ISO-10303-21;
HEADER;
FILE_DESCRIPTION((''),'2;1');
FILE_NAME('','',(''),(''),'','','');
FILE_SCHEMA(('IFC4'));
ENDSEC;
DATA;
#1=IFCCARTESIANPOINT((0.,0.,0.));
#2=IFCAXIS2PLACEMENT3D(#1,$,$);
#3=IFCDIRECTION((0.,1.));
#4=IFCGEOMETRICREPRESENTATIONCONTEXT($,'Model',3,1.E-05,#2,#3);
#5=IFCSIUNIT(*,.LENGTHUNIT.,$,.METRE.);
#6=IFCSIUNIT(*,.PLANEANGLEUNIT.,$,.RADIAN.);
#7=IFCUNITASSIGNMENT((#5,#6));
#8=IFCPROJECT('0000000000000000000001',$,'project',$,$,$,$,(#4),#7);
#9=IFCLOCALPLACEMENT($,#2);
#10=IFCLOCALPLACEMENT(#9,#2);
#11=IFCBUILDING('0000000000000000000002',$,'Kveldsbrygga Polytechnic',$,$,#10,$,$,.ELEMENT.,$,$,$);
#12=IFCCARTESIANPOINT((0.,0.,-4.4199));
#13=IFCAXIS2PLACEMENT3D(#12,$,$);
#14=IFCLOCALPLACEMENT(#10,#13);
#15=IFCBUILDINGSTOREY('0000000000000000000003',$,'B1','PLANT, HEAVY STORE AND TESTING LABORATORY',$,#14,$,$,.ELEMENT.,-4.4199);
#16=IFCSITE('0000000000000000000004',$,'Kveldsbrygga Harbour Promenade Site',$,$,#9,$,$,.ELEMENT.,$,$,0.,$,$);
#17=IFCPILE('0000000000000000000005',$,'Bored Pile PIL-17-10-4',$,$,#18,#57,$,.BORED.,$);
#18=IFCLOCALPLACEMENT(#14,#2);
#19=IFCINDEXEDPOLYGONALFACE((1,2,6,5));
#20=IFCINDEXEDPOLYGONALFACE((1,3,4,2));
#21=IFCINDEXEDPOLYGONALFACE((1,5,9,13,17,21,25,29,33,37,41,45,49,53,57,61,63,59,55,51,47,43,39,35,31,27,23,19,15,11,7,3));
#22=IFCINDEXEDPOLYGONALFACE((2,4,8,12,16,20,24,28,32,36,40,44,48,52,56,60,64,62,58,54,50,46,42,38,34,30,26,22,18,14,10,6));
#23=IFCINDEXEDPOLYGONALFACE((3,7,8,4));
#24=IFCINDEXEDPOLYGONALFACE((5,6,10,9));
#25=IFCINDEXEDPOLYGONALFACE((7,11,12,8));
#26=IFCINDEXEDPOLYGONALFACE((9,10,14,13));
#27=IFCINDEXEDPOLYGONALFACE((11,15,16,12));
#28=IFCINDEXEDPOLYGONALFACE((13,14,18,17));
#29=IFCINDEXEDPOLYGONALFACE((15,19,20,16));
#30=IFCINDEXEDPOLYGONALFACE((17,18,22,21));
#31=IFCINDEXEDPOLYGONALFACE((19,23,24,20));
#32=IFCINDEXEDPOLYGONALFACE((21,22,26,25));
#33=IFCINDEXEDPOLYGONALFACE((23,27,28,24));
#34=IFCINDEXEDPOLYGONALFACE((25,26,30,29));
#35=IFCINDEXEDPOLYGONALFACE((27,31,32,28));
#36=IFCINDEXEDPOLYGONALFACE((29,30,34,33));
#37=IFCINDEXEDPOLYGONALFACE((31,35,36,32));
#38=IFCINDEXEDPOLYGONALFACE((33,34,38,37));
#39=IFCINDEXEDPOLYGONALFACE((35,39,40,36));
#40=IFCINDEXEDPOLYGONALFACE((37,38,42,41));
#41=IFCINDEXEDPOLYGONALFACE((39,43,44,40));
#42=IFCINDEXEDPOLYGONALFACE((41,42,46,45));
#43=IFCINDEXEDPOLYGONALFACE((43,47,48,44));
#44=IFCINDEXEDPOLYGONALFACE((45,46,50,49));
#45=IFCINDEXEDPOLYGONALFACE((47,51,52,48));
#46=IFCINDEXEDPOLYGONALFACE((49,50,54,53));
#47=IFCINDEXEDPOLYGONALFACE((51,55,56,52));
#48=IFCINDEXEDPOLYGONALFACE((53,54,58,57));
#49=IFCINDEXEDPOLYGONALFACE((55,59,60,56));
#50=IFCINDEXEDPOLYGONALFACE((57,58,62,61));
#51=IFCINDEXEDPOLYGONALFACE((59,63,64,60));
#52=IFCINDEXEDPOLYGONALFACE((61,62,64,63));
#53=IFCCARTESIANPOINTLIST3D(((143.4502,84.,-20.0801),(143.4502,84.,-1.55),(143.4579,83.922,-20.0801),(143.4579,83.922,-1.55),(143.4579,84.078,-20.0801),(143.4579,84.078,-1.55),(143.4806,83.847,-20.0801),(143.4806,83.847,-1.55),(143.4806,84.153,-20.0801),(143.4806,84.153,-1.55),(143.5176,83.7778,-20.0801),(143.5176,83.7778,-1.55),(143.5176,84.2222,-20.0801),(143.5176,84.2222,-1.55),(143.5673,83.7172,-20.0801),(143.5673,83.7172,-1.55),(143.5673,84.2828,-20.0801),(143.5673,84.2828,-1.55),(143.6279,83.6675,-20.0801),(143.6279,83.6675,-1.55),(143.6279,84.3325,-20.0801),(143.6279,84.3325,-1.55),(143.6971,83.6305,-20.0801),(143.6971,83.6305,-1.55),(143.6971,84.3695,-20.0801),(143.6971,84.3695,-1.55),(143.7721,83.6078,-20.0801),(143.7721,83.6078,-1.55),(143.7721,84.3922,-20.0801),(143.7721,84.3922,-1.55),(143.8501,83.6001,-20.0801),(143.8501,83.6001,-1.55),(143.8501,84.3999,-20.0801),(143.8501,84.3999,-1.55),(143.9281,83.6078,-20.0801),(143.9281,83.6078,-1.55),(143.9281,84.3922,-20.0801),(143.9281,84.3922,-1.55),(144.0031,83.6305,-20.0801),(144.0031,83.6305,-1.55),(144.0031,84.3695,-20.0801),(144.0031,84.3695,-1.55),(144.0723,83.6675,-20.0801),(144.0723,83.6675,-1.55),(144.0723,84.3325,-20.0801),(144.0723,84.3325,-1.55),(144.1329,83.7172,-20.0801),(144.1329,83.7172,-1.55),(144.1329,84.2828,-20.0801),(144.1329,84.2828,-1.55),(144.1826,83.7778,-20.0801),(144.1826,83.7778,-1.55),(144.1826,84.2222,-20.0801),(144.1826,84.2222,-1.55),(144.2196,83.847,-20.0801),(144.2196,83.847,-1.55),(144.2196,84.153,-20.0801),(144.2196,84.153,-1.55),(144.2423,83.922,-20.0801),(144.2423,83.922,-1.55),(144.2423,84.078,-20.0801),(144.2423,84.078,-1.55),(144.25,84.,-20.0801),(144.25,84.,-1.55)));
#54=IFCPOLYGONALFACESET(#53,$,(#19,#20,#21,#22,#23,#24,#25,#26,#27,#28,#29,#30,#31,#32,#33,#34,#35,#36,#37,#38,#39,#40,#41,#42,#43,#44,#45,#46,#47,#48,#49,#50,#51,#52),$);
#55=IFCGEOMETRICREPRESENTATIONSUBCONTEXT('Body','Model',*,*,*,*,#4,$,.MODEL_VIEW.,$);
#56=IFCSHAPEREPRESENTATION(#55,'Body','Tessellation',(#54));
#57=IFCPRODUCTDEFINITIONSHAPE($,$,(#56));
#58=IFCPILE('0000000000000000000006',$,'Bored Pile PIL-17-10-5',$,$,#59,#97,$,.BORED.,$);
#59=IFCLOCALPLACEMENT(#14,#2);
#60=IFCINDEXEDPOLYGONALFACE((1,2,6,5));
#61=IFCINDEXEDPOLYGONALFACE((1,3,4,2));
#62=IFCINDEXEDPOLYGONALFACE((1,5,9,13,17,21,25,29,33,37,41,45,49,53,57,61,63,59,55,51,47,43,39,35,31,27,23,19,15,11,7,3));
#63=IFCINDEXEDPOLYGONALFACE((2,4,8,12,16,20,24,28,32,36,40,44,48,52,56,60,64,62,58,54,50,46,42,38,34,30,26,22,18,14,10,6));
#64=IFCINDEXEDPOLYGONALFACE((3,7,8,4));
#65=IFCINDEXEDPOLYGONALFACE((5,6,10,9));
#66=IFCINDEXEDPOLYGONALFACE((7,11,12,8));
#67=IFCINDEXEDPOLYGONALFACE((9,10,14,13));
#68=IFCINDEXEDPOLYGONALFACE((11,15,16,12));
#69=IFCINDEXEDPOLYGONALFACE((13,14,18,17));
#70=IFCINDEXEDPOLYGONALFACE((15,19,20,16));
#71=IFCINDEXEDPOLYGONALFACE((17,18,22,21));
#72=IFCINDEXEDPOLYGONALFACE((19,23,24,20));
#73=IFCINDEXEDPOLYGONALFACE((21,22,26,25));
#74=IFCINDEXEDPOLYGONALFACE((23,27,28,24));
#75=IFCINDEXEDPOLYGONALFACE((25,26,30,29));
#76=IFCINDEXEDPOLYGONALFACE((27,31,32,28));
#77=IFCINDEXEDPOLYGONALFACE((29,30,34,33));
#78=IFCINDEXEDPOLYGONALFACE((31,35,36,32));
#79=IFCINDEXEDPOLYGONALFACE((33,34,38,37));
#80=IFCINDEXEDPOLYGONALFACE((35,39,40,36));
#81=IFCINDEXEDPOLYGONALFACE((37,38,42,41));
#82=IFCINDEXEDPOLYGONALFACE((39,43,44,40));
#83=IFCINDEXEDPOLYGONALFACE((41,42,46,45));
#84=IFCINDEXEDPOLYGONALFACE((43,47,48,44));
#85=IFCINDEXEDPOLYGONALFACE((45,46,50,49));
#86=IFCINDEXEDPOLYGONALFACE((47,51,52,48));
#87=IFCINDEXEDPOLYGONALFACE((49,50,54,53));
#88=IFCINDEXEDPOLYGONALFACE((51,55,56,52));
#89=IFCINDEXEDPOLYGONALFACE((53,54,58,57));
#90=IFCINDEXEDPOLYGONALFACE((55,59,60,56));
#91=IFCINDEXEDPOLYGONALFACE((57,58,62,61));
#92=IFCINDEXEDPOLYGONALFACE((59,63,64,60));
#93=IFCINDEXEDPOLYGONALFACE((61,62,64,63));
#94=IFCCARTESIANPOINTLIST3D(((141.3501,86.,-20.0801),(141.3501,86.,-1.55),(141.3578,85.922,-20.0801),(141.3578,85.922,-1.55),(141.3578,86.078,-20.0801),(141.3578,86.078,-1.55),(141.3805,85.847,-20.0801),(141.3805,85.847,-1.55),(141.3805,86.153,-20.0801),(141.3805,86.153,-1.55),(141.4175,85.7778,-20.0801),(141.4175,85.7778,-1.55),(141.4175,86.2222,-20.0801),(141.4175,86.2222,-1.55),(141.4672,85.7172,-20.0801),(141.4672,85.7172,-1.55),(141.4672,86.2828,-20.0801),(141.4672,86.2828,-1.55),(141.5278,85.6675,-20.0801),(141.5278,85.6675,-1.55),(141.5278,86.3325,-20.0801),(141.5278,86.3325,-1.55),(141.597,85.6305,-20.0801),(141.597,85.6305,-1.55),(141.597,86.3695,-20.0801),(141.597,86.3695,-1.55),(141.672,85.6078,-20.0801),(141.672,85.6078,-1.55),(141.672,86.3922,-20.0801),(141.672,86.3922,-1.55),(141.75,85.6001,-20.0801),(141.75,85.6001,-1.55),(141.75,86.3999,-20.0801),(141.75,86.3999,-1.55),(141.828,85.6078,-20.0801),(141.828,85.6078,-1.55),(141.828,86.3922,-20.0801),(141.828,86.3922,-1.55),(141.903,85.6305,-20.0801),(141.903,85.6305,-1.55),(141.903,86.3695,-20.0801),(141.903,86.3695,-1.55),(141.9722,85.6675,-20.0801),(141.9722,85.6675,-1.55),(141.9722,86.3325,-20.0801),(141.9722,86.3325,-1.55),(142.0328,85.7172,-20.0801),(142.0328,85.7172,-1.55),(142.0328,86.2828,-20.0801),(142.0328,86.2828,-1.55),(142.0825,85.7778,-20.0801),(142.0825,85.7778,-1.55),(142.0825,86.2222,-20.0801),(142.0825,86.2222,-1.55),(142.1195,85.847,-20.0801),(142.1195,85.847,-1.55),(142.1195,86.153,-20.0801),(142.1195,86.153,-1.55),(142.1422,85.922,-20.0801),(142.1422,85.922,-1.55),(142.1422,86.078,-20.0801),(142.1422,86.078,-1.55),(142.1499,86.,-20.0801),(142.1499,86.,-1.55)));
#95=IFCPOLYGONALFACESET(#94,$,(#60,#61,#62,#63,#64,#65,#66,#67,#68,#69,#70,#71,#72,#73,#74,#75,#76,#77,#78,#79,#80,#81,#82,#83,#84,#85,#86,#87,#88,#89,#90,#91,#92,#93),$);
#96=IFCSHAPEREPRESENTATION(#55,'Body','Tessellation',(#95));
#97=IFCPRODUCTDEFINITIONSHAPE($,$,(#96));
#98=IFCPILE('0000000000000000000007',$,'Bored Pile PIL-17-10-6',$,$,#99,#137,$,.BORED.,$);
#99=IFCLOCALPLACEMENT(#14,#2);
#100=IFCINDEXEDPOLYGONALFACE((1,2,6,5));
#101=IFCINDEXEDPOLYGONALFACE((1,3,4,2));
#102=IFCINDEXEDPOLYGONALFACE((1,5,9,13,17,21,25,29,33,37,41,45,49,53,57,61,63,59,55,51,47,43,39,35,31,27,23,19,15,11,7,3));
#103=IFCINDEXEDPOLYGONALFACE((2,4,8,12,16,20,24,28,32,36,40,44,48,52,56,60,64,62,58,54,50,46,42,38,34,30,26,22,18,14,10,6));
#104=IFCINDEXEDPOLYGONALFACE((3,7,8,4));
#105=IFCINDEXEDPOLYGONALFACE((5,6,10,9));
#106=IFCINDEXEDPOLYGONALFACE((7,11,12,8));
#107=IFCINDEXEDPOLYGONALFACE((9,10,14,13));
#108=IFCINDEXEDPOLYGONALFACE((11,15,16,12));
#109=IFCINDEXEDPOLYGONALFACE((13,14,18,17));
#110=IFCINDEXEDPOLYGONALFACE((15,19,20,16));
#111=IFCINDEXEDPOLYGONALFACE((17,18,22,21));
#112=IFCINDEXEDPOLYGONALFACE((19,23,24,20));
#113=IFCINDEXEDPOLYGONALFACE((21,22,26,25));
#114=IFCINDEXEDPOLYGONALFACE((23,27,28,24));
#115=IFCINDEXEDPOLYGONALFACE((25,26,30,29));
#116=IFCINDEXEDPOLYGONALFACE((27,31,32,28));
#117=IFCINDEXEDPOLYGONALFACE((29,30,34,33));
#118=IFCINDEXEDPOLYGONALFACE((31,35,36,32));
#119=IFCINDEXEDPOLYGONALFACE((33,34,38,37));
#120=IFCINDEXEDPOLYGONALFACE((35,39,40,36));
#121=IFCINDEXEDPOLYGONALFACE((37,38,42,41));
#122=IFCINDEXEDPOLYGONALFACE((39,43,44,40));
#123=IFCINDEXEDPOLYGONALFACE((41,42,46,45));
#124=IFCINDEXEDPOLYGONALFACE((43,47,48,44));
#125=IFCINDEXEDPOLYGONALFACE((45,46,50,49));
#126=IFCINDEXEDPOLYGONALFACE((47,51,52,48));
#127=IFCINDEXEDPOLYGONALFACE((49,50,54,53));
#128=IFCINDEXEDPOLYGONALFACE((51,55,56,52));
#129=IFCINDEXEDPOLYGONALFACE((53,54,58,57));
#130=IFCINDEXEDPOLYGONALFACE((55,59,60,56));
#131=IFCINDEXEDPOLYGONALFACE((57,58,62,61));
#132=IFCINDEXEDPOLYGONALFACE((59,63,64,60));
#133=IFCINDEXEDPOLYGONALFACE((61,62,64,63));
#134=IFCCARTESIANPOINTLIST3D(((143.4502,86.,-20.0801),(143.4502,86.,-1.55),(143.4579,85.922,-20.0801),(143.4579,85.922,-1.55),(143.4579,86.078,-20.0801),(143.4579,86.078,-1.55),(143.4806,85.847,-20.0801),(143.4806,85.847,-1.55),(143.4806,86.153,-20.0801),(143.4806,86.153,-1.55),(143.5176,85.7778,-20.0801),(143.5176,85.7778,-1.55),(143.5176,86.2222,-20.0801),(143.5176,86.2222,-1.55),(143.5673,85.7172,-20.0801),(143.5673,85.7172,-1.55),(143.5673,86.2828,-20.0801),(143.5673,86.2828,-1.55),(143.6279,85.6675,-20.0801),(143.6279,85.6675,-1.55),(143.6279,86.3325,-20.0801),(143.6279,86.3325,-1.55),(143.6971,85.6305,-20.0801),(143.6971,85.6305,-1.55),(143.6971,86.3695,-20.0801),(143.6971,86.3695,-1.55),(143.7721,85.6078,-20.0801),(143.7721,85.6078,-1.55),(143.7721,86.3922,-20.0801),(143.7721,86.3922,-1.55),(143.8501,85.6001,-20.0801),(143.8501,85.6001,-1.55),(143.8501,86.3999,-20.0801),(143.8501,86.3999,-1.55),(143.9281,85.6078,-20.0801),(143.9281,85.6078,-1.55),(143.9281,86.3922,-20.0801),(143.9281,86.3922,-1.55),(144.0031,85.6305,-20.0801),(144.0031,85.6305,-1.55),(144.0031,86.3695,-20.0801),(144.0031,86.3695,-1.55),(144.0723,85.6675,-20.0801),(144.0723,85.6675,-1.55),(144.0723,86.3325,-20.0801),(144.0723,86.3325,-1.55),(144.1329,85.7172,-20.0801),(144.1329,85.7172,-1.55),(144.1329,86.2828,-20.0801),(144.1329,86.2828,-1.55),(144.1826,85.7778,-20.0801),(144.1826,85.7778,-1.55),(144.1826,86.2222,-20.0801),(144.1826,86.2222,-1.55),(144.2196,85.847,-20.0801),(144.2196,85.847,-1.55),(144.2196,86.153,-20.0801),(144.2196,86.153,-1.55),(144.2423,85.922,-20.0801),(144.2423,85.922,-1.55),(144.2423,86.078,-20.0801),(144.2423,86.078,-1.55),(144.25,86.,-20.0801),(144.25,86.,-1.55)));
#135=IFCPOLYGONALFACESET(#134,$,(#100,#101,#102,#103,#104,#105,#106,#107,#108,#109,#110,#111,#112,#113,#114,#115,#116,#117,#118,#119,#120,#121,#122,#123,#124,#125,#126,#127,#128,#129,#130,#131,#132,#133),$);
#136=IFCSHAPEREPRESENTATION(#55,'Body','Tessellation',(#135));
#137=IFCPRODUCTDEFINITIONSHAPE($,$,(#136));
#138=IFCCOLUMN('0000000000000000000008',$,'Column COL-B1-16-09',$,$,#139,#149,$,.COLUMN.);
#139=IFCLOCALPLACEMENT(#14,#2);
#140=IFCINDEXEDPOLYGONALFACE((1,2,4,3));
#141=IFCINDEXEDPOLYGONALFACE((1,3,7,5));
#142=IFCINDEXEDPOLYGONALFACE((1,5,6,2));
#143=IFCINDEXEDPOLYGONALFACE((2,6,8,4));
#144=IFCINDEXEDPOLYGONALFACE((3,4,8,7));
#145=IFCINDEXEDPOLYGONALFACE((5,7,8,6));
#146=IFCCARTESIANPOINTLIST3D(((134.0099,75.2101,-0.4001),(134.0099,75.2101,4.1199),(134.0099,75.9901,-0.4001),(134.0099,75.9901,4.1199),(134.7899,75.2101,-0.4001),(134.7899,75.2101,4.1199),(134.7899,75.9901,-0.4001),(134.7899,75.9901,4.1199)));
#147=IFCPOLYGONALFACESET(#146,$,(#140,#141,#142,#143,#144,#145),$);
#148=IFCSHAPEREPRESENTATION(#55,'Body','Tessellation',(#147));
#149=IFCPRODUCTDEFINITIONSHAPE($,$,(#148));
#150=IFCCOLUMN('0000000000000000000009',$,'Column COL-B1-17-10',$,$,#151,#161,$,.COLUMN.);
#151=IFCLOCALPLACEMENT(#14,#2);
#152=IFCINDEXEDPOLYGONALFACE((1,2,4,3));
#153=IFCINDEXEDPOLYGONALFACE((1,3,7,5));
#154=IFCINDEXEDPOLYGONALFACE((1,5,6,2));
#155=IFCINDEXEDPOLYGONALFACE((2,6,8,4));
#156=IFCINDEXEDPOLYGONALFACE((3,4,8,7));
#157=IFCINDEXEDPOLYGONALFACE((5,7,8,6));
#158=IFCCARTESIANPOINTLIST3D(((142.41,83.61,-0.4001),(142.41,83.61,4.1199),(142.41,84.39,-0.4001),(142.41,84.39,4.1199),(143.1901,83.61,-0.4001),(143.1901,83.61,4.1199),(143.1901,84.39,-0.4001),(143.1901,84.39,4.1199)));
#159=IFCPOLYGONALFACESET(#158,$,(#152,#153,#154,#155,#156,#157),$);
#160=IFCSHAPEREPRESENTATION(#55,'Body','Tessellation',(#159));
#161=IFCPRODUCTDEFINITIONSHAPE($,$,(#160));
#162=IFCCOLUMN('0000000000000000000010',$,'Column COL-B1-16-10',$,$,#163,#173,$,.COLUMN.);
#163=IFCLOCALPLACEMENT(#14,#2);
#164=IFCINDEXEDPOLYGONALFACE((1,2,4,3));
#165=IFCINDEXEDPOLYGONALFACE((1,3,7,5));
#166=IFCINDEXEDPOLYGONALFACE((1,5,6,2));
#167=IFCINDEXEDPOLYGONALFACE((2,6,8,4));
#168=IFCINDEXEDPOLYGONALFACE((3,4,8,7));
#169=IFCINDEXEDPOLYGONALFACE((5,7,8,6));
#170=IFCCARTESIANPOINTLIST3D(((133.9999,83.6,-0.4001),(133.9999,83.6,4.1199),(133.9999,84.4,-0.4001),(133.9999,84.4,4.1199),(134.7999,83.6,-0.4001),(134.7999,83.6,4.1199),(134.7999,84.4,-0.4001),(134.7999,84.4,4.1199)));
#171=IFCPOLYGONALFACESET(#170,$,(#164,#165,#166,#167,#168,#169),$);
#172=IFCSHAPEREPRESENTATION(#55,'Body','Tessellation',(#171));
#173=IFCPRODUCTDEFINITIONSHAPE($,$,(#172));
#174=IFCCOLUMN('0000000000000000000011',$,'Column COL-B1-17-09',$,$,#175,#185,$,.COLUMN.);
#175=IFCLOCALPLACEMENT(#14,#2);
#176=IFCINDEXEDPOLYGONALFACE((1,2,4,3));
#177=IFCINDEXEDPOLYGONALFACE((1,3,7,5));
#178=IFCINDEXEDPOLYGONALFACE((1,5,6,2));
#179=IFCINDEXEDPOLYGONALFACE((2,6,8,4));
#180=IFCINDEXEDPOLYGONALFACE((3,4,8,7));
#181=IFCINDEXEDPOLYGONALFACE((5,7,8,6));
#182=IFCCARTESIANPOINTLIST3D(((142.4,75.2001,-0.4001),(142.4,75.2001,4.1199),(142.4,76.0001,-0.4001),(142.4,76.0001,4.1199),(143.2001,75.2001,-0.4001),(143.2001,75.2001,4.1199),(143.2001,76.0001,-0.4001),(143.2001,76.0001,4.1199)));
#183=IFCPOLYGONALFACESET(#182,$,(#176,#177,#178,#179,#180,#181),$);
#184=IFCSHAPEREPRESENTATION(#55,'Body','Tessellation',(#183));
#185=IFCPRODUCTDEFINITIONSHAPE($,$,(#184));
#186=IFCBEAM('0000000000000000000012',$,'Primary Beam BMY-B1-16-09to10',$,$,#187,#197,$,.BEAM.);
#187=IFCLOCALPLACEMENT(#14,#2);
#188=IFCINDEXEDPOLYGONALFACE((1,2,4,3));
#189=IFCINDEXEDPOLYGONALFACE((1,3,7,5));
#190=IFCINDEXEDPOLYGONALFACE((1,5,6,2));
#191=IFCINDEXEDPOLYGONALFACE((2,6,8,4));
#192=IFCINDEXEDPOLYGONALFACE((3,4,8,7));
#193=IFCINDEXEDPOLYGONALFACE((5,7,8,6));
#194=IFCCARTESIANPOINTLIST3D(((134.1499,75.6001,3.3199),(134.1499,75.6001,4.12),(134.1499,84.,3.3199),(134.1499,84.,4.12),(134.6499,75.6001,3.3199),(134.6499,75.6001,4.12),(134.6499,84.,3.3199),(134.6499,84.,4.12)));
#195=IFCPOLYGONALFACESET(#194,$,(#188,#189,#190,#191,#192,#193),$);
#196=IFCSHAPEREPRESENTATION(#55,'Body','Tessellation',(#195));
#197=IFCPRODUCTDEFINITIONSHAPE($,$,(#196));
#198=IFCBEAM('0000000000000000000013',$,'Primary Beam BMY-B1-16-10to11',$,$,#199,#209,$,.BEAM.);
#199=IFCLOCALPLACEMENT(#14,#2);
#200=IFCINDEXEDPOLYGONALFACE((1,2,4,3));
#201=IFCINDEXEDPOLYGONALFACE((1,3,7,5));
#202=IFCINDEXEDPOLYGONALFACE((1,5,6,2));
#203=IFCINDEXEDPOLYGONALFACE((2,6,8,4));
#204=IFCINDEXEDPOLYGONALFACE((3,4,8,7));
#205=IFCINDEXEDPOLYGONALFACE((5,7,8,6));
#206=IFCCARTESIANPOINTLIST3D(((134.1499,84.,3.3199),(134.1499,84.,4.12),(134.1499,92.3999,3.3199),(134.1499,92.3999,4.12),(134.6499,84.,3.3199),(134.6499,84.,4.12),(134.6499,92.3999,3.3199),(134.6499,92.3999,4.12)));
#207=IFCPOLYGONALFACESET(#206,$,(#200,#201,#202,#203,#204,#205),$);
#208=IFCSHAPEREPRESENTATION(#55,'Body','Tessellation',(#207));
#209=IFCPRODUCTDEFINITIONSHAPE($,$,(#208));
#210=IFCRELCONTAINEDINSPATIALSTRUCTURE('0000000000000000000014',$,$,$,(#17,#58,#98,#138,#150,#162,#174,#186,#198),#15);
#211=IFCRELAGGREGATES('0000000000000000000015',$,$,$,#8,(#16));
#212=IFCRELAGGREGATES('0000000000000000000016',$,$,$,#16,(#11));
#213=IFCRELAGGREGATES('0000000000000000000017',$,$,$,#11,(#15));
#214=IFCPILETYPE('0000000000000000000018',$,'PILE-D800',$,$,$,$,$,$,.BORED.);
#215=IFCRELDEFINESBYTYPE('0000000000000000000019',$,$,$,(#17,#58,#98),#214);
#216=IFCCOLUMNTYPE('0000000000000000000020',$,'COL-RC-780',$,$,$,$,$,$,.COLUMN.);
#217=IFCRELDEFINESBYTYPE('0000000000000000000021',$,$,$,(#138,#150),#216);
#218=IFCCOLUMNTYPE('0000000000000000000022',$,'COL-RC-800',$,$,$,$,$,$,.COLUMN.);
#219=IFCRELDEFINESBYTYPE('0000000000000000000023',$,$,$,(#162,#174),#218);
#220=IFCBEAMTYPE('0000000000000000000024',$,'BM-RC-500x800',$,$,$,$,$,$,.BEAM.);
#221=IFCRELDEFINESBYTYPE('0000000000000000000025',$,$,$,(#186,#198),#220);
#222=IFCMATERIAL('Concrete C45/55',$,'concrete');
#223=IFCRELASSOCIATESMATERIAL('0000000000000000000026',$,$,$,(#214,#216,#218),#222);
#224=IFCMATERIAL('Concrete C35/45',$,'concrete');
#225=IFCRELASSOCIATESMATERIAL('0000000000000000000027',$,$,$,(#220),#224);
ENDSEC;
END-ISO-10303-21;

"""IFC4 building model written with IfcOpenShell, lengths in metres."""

from ifc_helpers import new_model, si_unit, direction, frame, origin, origin_2d, place, context, subcontext, project, spatial, rectangle, circle, extrude, material, material_profile, profile_set, type_object, element, save


model = new_model("IFC4")

# Units and contexts
model_context = context("Model", 3, precision=1e-05, world=origin(), true_north=direction((0.0, 1.0)))
body_context = subcontext(model_context, "Body", "Model", "MODEL_VIEW")
ifc_project = project(units=[si_unit("LENGTHUNIT", "METRE"), si_unit("PLANEANGLEUNIT", "RADIAN")], contexts=[model_context])

# Site, building, storey
site_placement = place(None, origin())
site = spatial("IfcSite", under=ifc_project, at=site_placement, Name="Kveldsbrygga Harbour Promenade Site", CompositionType="ELEMENT", RefElevation=0.0)
building_placement = place(site_placement, origin())
building = spatial("IfcBuilding", under=site, at=building_placement, Name="Kveldsbrygga Polytechnic", CompositionType="ELEMENT")
storey_placement = place(building_placement, frame((0.0, 0.0, -4.4199)))
storey = spatial("IfcBuildingStorey", under=building, at=storey_placement, Name="B1", Description="PLANT, HEAVY STORE AND TESTING LABORATORY", CompositionType="ELEMENT", Elevation=-4.4199)

# Shared definitions
ifc_material_1 = material(Name="Concrete C45/55", Category="concrete")

# Piles
ifc_material_profile_1 = material_profile(ifc_material_1, circle(Radius=0.3999, at=origin_2d()), Name="PILE D800")
ifc_profile_set_1 = profile_set([ifc_material_profile_1], Name="Concrete C45/55")
pile_type = type_object("IfcPileType", Name="PILE-D800", PredefinedType="BORED", material=ifc_profile_set_1)
for number, where, z_axis, x_axis, name in (
    (1, (143.8501, 84.0, -1.55), (0.0, 0.0, -1.0), (1.0, 0.0, 0.0), "Bored Pile PIL-17-10-4"),
    (2, (141.75, 86.0, -1.55), (0.0, 0.0, -1.0), (1.0, 0.0, 0.0), "Bored Pile PIL-17-10-5"),
    (3, (143.8501, 86.0, -1.55), (0.0, 0.0, -1.0), (1.0, 0.0, 0.0), "Bored Pile PIL-17-10-6"),
):
    element("IfcPile", number, at=place(storey_placement, frame(where, z_axis=z_axis, x_axis=x_axis)), inside=storey, type_object=pile_type, Name=name, PredefinedType="BORED", context=body_context, shape_type="SweptSolid", body=[
        extrude(circle(Radius=0.3999, at=origin_2d()), origin(), (0.0, 0.0, 1.0), 18.53),
    ])

# Columns
ifc_material_profile_2 = material_profile(ifc_material_1, rectangle(XDim=0.78, YDim=0.78, at=origin_2d()), Name="RC 780x780")
ifc_profile_set_2 = profile_set([ifc_material_profile_2], Name="Concrete C45/55")
column_type_1 = type_object("IfcColumnType", Name="COL-RC-780", PredefinedType="COLUMN", material=ifc_profile_set_2)
for number, where, z_axis, x_axis, name in (
    (4, (134.3999, 75.6001, -0.4001), (0.0, 0.0, 1.0), (1.0, 0.0, 0.0), "Column COL-B1-16-09"),
    (5, (142.8, 84.0, -0.4001), (0.0, 0.0, 1.0), (1.0, 0.0, 0.0), "Column COL-B1-17-10"),
):
    element("IfcColumn", number, at=place(storey_placement, frame(where, z_axis=z_axis, x_axis=x_axis)), inside=storey, type_object=column_type_1, Name=name, PredefinedType="COLUMN", context=body_context, shape_type="SweptSolid", body=[
        extrude(rectangle(XDim=0.78, YDim=0.78, at=origin_2d()), origin(), (0.0, 0.0, 1.0), 4.52),
    ])
ifc_material_profile_3 = material_profile(ifc_material_1, rectangle(XDim=0.8, YDim=0.8, at=origin_2d()), Name="RC 800x800")
ifc_profile_set_3 = profile_set([ifc_material_profile_3], Name="Concrete C45/55")
column_type_2 = type_object("IfcColumnType", Name="COL-RC-800", PredefinedType="COLUMN", material=ifc_profile_set_3)
for number, where, z_axis, x_axis, name in (
    (6, (134.3999, 84.0, -0.4001), (0.0, 0.0, 1.0), (1.0, 0.0, 0.0), "Column COL-B1-16-10"),
    (7, (142.8, 75.6001, -0.4001), (0.0, 0.0, 1.0), (1.0, 0.0, 0.0), "Column COL-B1-17-09"),
):
    element("IfcColumn", number, at=place(storey_placement, frame(where, z_axis=z_axis, x_axis=x_axis)), inside=storey, type_object=column_type_2, Name=name, PredefinedType="COLUMN", context=body_context, shape_type="SweptSolid", body=[
        extrude(rectangle(XDim=0.8, YDim=0.8, at=origin_2d()), origin(), (0.0, 0.0, 1.0), 4.52),
    ])

# Beams
ifc_material_2 = material(Name="Concrete C35/45", Category="concrete")
ifc_material_profile_4 = material_profile(ifc_material_2, rectangle(XDim=0.5, YDim=0.8, at=origin_2d()), Name="RC 500x800")
ifc_profile_set_4 = profile_set([ifc_material_profile_4], Name="Concrete C35/45")
beam_type_1 = type_object("IfcBeamType", Name="BM-RC-500x800", PredefinedType="BEAM", material=ifc_profile_set_4)
for number, where, z_axis, x_axis, name in (
    (8, (134.3999, 75.6001, 3.72), (0.0, 1.0, 0.0), (-1.0, 0.0, 0.0), "Primary Beam BMY-B1-16-09to10"),
    (9, (134.3999, 84.0, 3.72), (0.0, 1.0, 0.0), (-1.0, 0.0, 0.0), "Primary Beam BMY-B1-16-10to11"),
):
    element("IfcBeam", number, at=place(storey_placement, frame(where, z_axis=z_axis, x_axis=x_axis)), inside=storey, type_object=beam_type_1, Name=name, PredefinedType="BEAM", context=body_context, shape_type="SweptSolid", body=[
        extrude(rectangle(XDim=0.5, YDim=0.8, at=origin_2d()), origin(), (0.0, 0.0, 1.0), 8.3999),
    ])

save(model, "model.ifc")
